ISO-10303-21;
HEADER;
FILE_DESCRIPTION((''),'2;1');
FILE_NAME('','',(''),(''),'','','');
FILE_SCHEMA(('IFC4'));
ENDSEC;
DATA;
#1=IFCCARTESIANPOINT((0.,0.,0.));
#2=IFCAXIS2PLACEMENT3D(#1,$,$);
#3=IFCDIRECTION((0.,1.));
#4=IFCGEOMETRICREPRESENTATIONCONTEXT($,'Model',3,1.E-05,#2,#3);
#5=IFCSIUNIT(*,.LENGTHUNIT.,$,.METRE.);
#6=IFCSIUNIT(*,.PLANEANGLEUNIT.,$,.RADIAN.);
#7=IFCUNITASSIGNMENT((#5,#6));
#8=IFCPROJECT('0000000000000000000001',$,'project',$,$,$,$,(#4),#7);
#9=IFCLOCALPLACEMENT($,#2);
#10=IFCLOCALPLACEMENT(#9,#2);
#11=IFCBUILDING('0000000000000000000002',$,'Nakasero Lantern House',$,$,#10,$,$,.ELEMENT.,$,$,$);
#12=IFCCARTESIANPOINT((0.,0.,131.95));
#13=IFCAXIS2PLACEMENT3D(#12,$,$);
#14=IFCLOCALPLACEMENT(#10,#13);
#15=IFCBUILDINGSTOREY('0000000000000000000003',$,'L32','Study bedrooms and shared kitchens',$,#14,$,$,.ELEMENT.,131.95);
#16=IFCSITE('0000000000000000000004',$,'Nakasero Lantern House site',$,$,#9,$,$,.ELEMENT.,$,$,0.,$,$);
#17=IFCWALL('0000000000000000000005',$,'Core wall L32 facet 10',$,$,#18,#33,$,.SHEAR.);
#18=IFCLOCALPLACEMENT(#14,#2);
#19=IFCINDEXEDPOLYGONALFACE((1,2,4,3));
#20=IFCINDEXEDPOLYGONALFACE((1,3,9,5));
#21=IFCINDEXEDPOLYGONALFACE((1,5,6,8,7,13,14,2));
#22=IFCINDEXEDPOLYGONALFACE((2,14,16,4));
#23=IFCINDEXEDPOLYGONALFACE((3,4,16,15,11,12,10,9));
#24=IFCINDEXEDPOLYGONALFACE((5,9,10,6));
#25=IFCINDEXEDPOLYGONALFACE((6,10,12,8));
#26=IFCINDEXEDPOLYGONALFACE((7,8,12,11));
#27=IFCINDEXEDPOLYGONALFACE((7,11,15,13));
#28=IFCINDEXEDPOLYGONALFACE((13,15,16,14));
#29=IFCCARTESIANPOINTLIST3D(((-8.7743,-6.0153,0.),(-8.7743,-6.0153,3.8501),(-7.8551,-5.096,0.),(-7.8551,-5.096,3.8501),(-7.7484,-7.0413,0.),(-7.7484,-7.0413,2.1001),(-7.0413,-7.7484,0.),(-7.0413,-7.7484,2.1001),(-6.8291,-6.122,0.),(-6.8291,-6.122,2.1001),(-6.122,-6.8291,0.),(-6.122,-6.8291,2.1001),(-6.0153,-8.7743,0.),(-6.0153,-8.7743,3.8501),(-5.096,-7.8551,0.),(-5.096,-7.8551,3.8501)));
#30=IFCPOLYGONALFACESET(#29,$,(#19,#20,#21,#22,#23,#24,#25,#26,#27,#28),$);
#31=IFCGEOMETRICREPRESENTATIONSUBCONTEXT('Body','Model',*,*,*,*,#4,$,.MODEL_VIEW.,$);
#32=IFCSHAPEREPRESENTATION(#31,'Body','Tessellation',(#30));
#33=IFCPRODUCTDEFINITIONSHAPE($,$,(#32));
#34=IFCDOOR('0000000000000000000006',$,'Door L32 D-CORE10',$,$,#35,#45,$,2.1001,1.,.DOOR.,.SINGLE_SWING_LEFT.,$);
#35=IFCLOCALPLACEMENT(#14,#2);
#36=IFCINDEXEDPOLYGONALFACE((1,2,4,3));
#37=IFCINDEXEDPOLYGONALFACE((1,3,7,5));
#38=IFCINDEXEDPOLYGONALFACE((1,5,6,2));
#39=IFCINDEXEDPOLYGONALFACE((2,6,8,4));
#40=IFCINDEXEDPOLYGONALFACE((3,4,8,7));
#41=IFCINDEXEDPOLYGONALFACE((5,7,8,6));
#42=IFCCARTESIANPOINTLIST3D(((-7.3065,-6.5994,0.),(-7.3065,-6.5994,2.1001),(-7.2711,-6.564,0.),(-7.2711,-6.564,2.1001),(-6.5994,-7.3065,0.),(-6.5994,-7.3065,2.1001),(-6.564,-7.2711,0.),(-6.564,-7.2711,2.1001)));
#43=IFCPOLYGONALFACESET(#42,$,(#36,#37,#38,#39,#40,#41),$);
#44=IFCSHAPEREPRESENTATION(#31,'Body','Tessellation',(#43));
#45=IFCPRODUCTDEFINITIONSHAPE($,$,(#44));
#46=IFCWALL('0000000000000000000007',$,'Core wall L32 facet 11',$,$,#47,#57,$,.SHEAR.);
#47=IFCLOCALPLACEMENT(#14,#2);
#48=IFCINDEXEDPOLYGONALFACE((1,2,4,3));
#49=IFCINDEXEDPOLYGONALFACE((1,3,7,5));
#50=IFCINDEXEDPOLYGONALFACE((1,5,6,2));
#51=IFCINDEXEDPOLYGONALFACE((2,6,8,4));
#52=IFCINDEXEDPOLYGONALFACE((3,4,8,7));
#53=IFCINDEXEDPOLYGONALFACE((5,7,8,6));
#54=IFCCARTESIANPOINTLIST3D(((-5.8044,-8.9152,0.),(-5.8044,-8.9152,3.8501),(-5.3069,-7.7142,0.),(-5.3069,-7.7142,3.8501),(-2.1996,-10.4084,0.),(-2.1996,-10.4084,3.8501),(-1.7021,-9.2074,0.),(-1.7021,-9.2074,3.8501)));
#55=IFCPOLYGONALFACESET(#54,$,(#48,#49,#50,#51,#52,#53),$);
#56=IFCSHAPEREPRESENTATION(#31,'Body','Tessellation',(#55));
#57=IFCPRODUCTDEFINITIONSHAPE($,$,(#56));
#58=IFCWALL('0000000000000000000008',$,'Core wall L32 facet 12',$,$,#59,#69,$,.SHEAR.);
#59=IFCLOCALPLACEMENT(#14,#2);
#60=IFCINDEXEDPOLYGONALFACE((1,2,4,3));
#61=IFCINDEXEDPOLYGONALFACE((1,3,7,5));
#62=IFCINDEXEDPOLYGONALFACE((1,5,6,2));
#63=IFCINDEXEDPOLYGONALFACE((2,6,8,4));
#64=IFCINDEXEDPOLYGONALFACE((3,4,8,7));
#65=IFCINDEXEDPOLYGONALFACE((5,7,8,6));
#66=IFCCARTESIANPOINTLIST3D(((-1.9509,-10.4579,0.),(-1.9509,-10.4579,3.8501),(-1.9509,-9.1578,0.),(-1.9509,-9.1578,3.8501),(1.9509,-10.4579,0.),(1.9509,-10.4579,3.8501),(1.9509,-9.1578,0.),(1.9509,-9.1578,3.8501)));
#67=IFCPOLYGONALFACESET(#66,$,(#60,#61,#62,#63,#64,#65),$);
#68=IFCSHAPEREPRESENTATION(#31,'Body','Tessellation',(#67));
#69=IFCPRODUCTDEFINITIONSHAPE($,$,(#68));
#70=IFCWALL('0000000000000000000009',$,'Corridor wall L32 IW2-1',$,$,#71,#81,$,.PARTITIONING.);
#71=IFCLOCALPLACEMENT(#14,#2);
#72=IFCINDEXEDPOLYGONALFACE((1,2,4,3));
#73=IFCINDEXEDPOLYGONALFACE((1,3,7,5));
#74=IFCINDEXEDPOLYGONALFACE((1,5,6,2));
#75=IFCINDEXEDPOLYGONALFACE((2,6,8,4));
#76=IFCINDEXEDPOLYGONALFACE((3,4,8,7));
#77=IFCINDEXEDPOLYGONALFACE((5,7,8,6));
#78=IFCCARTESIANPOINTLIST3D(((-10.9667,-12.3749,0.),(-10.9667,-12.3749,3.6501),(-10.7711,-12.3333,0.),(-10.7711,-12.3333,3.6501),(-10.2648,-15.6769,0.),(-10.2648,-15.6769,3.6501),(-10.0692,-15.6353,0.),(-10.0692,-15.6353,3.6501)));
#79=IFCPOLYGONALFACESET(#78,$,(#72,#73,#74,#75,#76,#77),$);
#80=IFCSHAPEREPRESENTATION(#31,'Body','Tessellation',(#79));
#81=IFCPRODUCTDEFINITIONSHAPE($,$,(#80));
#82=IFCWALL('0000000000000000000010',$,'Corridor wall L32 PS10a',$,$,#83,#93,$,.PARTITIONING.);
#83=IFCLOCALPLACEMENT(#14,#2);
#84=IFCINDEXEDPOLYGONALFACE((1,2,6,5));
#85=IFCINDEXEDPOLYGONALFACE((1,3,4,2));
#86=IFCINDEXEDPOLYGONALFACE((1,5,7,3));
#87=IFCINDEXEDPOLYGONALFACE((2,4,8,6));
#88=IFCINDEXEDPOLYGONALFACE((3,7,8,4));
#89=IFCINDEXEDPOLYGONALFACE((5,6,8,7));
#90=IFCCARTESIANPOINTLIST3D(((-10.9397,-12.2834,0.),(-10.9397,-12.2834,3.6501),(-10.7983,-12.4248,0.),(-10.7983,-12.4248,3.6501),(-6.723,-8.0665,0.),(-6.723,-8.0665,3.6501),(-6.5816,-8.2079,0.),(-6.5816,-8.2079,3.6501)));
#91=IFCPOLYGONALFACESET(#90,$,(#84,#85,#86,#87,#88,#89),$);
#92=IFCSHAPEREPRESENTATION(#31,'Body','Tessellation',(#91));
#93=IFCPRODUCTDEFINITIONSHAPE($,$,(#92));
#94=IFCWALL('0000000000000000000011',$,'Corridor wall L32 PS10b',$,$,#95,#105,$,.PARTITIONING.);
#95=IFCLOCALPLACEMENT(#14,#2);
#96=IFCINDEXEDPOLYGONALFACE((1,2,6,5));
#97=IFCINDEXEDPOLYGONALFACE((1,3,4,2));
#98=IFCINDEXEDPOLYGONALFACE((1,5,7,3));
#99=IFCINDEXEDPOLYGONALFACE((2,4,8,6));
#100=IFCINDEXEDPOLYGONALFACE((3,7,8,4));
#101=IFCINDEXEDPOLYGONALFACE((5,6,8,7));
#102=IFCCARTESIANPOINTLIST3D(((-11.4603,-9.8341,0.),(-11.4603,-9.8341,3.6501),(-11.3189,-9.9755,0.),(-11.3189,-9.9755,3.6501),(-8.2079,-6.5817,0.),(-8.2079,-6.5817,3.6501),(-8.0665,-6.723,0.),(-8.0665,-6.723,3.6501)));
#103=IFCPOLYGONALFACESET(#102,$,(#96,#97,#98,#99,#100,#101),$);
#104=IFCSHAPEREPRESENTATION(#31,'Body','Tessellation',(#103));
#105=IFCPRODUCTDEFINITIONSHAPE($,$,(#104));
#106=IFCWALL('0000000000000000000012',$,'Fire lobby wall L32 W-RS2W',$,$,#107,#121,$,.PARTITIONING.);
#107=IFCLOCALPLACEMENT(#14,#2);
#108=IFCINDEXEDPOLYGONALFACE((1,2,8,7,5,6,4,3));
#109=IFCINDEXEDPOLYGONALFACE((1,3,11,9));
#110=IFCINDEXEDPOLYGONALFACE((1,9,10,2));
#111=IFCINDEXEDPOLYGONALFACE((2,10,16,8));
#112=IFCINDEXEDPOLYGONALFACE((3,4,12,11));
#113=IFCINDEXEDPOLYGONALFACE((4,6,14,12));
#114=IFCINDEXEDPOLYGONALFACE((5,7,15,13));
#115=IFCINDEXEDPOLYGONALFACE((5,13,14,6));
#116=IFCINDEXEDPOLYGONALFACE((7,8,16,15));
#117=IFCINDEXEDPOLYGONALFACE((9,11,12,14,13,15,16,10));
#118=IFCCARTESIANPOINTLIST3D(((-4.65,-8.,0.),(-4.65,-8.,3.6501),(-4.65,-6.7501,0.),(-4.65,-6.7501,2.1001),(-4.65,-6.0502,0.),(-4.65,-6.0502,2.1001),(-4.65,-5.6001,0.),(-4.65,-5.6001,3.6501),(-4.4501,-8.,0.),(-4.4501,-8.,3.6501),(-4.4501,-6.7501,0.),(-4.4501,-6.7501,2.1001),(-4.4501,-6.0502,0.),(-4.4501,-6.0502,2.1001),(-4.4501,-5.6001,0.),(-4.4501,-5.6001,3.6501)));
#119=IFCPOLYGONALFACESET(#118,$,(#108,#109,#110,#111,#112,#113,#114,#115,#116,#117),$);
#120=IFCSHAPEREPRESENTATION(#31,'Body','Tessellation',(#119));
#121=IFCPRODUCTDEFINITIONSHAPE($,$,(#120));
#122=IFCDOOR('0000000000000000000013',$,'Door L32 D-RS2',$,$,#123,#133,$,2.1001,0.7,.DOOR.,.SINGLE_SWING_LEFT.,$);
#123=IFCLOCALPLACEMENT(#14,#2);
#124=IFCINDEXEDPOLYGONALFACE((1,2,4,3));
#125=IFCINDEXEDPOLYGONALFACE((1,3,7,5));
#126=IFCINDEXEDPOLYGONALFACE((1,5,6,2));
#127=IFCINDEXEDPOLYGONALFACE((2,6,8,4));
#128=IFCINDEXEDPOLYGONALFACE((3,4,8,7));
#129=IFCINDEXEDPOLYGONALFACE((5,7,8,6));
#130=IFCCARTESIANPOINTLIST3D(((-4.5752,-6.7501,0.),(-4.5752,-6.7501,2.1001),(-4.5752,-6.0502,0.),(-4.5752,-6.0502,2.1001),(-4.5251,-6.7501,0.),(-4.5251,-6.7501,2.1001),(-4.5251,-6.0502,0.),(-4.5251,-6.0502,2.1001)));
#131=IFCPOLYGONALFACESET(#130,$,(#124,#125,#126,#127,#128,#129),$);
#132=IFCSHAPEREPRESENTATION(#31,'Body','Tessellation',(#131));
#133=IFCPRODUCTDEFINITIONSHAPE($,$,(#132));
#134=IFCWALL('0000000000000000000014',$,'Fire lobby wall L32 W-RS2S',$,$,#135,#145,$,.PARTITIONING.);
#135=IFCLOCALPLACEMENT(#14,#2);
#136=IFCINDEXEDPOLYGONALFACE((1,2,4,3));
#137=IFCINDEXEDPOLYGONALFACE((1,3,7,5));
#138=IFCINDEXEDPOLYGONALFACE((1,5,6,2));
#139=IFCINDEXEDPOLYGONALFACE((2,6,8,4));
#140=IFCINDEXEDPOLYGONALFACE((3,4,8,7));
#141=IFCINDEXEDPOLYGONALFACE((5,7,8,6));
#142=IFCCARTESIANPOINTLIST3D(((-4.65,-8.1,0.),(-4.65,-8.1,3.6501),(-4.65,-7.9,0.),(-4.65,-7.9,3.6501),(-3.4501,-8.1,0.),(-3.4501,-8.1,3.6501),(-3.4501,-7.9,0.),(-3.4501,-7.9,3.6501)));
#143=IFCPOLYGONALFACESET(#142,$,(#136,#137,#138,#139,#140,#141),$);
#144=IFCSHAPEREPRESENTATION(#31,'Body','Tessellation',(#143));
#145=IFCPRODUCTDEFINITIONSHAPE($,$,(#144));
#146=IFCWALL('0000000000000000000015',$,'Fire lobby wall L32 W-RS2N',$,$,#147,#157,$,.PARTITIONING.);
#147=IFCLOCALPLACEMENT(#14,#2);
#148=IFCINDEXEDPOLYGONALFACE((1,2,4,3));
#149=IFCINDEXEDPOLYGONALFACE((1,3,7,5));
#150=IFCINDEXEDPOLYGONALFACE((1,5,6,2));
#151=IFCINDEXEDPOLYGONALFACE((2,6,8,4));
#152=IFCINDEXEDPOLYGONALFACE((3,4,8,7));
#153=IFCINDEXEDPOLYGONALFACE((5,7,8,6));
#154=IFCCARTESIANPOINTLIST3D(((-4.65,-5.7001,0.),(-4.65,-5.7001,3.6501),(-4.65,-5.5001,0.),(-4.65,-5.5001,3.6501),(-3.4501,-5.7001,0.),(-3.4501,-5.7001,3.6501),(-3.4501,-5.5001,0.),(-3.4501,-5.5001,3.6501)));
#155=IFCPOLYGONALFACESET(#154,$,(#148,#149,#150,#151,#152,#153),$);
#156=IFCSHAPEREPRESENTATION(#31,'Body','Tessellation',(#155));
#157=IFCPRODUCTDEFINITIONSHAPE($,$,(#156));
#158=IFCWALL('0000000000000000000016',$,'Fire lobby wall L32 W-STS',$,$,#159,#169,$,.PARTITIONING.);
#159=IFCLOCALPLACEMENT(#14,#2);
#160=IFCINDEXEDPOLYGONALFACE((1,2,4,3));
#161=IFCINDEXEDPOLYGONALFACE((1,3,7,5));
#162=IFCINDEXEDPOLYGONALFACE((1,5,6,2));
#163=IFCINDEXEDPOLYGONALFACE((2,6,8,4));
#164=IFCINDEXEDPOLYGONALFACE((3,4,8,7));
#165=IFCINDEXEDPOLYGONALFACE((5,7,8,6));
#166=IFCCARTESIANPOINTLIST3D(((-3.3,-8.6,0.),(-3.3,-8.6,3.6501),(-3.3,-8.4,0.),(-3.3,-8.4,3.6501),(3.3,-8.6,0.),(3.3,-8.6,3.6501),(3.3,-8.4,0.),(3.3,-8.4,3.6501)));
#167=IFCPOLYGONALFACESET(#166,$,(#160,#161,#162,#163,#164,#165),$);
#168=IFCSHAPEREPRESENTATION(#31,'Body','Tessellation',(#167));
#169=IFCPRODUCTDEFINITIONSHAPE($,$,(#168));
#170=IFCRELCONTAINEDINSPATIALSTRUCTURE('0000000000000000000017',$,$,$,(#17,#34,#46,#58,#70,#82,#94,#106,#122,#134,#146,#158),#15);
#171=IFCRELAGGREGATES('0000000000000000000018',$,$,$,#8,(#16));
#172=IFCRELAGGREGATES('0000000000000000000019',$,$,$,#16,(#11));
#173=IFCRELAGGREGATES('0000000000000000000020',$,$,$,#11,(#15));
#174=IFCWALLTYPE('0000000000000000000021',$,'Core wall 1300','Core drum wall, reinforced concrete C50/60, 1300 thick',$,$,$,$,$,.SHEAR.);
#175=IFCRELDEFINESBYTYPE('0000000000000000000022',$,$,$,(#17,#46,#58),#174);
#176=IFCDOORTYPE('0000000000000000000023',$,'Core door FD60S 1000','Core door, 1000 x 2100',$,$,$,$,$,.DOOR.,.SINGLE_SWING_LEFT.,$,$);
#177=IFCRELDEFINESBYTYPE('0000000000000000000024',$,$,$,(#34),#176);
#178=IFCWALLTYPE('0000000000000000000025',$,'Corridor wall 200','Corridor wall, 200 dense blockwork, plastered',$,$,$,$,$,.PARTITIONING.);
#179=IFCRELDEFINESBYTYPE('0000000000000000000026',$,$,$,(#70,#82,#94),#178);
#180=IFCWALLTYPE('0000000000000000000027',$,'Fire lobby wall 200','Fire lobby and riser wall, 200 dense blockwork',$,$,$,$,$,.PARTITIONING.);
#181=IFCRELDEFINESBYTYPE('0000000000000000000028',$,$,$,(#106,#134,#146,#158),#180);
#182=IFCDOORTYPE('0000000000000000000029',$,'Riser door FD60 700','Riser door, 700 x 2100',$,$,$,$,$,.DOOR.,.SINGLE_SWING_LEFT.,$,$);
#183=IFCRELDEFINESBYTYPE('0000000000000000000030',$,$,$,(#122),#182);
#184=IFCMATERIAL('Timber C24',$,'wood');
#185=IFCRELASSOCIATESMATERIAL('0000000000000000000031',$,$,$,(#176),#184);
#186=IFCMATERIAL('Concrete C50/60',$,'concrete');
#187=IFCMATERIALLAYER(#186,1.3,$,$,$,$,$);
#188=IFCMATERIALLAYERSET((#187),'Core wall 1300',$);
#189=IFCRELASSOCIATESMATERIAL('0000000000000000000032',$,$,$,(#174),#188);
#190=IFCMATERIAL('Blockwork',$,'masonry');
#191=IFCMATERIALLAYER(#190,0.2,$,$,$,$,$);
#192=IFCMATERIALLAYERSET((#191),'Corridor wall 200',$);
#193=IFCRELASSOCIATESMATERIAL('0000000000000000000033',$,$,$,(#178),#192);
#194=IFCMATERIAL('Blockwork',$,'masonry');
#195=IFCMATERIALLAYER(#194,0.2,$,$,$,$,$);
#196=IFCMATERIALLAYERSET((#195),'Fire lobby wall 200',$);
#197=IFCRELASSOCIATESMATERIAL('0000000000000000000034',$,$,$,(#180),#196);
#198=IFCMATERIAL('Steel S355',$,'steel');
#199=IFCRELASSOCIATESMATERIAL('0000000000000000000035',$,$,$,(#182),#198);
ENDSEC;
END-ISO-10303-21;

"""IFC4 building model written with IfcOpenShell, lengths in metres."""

from ifc_helpers import new_model, si_unit, direction, frame, frame_2d, origin, place, context, subcontext, project, spatial, rectangle, extrude, material, layer, layer_set, type_object, element, fill, save


model = new_model("IFC4")

# Units and contexts
model_context = context("Model", 3, precision=1e-05, world=origin(), true_north=direction((0.0, 1.0)))
body_context = subcontext(model_context, "Body", "Model", "MODEL_VIEW")
ifc_project = project(units=[si_unit("LENGTHUNIT", "METRE"), si_unit("PLANEANGLEUNIT", "RADIAN")], contexts=[model_context])

# Site, building, storey
site_placement = place(None, origin())
site = spatial("IfcSite", under=ifc_project, at=site_placement, Name="Nakasero Lantern House site", CompositionType="ELEMENT", RefElevation=0.0)
building_placement = place(site_placement, origin())
building = spatial("IfcBuilding", under=site, at=building_placement, Name="Nakasero Lantern House", CompositionType="ELEMENT")
storey_placement = place(building_placement, frame((0.0, 0.0, 131.95)))
storey = spatial("IfcBuildingStorey", under=building, at=storey_placement, Name="L32", Description="Study bedrooms and shared kitchens", CompositionType="ELEMENT", Elevation=131.95)

# Shared definitions
ifc_material_1 = material(Name="Timber C24", Category="wood")
door_type_1 = type_object("IfcDoorType", Name="Core door FD60S 1000", Description="Core door, 1000 x 2100", OperationType="SINGLE_SWING_LEFT", PredefinedType="DOOR", material=ifc_material_1)

# Shared definitions
ifc_material_2 = material(Name="Concrete C50/60", Category="concrete")
ifc_layer_1 = layer(ifc_material_2, 1.3)
ifc_layer_set_1 = layer_set([ifc_layer_1], Name="Core wall 1300")
wall_type_1 = type_object("IfcWallType", Name="Core wall 1300", Description="Core drum wall, reinforced concrete C50/60, 1300 thick", PredefinedType="SHEAR", material=ifc_layer_set_1)

# Wall, opening, door
wall_1_placement = place(storey_placement, frame((-8.3147, -5.5557, 0.0), z_axis=(0.0, 0.0, 1.0), x_axis=(0.707107, -0.707107, 0.0)))
wall_1 = element("IfcWall", 1, at=wall_1_placement, inside=storey, type_object=wall_type_1, Name="Core wall L32 facet 10", PredefinedType="SHEAR", context=body_context, shape_type="SweptSolid", body=[
    extrude(rectangle(XDim=3.9019, YDim=1.3, at=frame_2d((1.9509, 0.0))), origin(), (0.0, 0.0, 1.0), 3.8501),
])
opening_1_placement = place(wall_1_placement, frame((1.4509, 0.0, 0.0)))
opening_1 = element("IfcOpeningElement", 2, at=opening_1_placement, cuts=wall_1, PredefinedType="OPENING", context=body_context, shape_type="SweptSolid", body=[
    extrude(rectangle(XDim=1.0, YDim=2.1001, at=frame_2d((0.5, 1.05))), frame((0.0, 0.6699, 0.0), z_axis=(0.0, -1.0, 0.0), x_axis=(1.0, 0.0, 0.0)), (0.0, 0.0, 1.0), 1.3401),
])
door_1_placement = place(opening_1_placement, origin())
door_1 = element("IfcDoor", 3, at=door_1_placement, inside=storey, type_object=door_type_1, Name="Door L32 D-CORE10", OperationType="SINGLE_SWING_LEFT", OverallHeight=2.1001, OverallWidth=1.0, PredefinedType="DOOR", context=body_context, shape_type="SweptSolid", body=[
    extrude(rectangle(XDim=1.0, YDim=2.1001, at=frame_2d((0.5, 1.05))), frame((0.0, 0.0249, 0.0), z_axis=(0.0, -1.0, 0.0), x_axis=(1.0, 0.0, 0.0)), (0.0, 0.0, 1.0), 0.05),
])
fill(opening_1, door_1)

# Walls
for number, where, z_axis, x_axis, name in (
    (4, (-5.5557, -8.3147, 0.0), (0.0, 0.0, 1.0), (0.923877, -0.382691, 0.0), "Core wall L32 facet 11"),
    (5, (-1.9509, -9.8079, 0.0), (0.0, 0.0, 1.0), (1.0, 0.0, 0.0), "Core wall L32 facet 12"),
):
    element("IfcWall", number, at=place(storey_placement, frame(where, z_axis=z_axis, x_axis=x_axis)), inside=storey, type_object=wall_type_1, Name=name, PredefinedType="SHEAR", context=body_context, shape_type="SweptSolid", body=[
        extrude(rectangle(XDim=3.9019, YDim=1.3, at=frame_2d((1.9509, 0.0))), origin(), (0.0, 0.0, 1.0), 3.8501),
    ])
ifc_material_3 = material(Name="Blockwork", Category="masonry")
ifc_layer_2 = layer(ifc_material_3, 0.2)
ifc_layer_set_2 = layer_set([ifc_layer_2], Name="Corridor wall 200")
wall_type_2 = type_object("IfcWallType", Name="Corridor wall 200", Description="Corridor wall, 200 dense blockwork, plastered", PredefinedType="PARTITIONING", material=ifc_layer_set_2)
wall_2_placement = place(storey_placement, frame((-10.8689, -12.354, 0.0), z_axis=(0.0, 0.0, 1.0), x_axis=(0.207924, -0.978145, 0.0)))
element("IfcWall", 6, at=wall_2_placement, inside=storey, type_object=wall_type_2, Name="Corridor wall L32 IW2-1", PredefinedType="PARTITIONING", context=body_context, shape_type="SweptSolid", body=[
    extrude(rectangle(XDim=3.3757, YDim=0.2, at=frame_2d((1.688, 0.0))), origin(), (0.0, 0.0, 1.0), 3.6501),
])
wall_3_placement = place(storey_placement, frame((-6.6523, -8.1372, 0.0), z_axis=(0.0, 0.0, 1.0), x_axis=(-0.707086, -0.707127, 0.0)))
element("IfcWall", 7, at=wall_3_placement, inside=storey, type_object=wall_type_2, Name="Corridor wall L32 PS10a", PredefinedType="PARTITIONING", context=body_context, shape_type="SweptSolid", body=[
    extrude(rectangle(XDim=5.9634, YDim=0.2, at=frame_2d((2.9817, 0.0))), origin(), (0.0, 0.0, 1.0), 3.6501),
])
wall_4_placement = place(storey_placement, frame((-8.1372, -6.6523, 0.0), z_axis=(0.0, 0.0, 1.0), x_axis=(-0.707107, -0.707107, 0.0)))
element("IfcWall", 8, at=wall_4_placement, inside=storey, type_object=wall_type_2, Name="Corridor wall L32 PS10b", PredefinedType="PARTITIONING", context=body_context, shape_type="SweptSolid", body=[
    extrude(rectangle(XDim=4.5996, YDim=0.2, at=frame_2d((2.2998, 0.0))), origin(), (0.0, 0.0, 1.0), 3.6501),
])

# Wall, opening, door
ifc_material_4 = material(Name="Blockwork", Category="masonry")
ifc_layer_3 = layer(ifc_material_4, 0.2)
ifc_layer_set_3 = layer_set([ifc_layer_3], Name="Fire lobby wall 200")
wall_type_3 = type_object("IfcWallType", Name="Fire lobby wall 200", Description="Fire lobby and riser wall, 200 dense blockwork", PredefinedType="PARTITIONING", material=ifc_layer_set_3)
wall_5_placement = place(storey_placement, frame((-4.55, -5.6001, 0.0), z_axis=(0.0, 0.0, 1.0), x_axis=(0.0, -1.0, 0.0)))
wall_5 = element("IfcWall", 9, at=wall_5_placement, inside=storey, type_object=wall_type_3, Name="Fire lobby wall L32 W-RS2W", PredefinedType="PARTITIONING", context=body_context, shape_type="SweptSolid", body=[
    extrude(rectangle(XDim=2.3999, YDim=0.2, at=frame_2d((1.2, 0.0))), origin(), (0.0, 0.0, 1.0), 3.6501),
])
opening_2_placement = place(wall_5_placement, frame((0.45, 0.0, 0.0)))
opening_2 = element("IfcOpeningElement", 10, at=opening_2_placement, cuts=wall_5, PredefinedType="OPENING", context=body_context, shape_type="SweptSolid", body=[
    extrude(rectangle(XDim=0.7, YDim=2.1001, at=frame_2d((0.3501, 1.05))), frame((0.0, 0.1199, 0.0), z_axis=(0.0, -1.0, 0.0), x_axis=(1.0, 0.0, 0.0)), (0.0, 0.0, 1.0), 0.24),
])
ifc_material_5 = material(Name="Steel S355", Category="steel")
door_type_2 = type_object("IfcDoorType", Name="Riser door FD60 700", Description="Riser door, 700 x 2100", OperationType="SINGLE_SWING_LEFT", PredefinedType="DOOR", material=ifc_material_5)
door_2_placement = place(opening_2_placement, origin())
door_2 = element("IfcDoor", 11, at=door_2_placement, inside=storey, type_object=door_type_2, Name="Door L32 D-RS2", OperationType="SINGLE_SWING_LEFT", OverallHeight=2.1001, OverallWidth=0.7, PredefinedType="DOOR", context=body_context, shape_type="SweptSolid", body=[
    extrude(rectangle(XDim=0.7, YDim=2.1001, at=frame_2d((0.3501, 1.05))), frame((0.0, 0.0249, 0.0), z_axis=(0.0, -1.0, 0.0), x_axis=(1.0, 0.0, 0.0)), (0.0, 0.0, 1.0), 0.05),
])
fill(opening_2, door_2)

# Walls
for number, where, z_axis, x_axis, name in (
    (12, (-3.45, -8.0, 0.0), (0.0, 0.0, 1.0), (-1.0, 0.0, 0.0), "Fire lobby wall L32 W-RS2S"),
    (13, (-3.45, -5.6001, 0.0), (0.0, 0.0, 1.0), (-1.0, 0.0, 0.0), "Fire lobby wall L32 W-RS2N"),
):
    element("IfcWall", number, at=place(storey_placement, frame(where, z_axis=z_axis, x_axis=x_axis)), inside=storey, type_object=wall_type_3, Name=name, PredefinedType="PARTITIONING", context=body_context, shape_type="SweptSolid", body=[
        extrude(rectangle(XDim=1.2, YDim=0.2, at=frame_2d((0.6001, 0.0))), origin(), (0.0, 0.0, 1.0), 3.6501),
    ])
wall_6_placement = place(storey_placement, frame((-3.3, -8.5, 0.0), z_axis=(0.0, 0.0, 1.0), x_axis=(1.0, 0.0, 0.0)))
element("IfcWall", 14, at=wall_6_placement, inside=storey, type_object=wall_type_3, Name="Fire lobby wall L32 W-STS", PredefinedType="PARTITIONING", context=body_context, shape_type="SweptSolid", body=[
    extrude(rectangle(XDim=6.6001, YDim=0.2, at=frame_2d((3.3, 0.0))), origin(), (0.0, 0.0, 1.0), 3.6501),
])

save(model, "model.ifc")
